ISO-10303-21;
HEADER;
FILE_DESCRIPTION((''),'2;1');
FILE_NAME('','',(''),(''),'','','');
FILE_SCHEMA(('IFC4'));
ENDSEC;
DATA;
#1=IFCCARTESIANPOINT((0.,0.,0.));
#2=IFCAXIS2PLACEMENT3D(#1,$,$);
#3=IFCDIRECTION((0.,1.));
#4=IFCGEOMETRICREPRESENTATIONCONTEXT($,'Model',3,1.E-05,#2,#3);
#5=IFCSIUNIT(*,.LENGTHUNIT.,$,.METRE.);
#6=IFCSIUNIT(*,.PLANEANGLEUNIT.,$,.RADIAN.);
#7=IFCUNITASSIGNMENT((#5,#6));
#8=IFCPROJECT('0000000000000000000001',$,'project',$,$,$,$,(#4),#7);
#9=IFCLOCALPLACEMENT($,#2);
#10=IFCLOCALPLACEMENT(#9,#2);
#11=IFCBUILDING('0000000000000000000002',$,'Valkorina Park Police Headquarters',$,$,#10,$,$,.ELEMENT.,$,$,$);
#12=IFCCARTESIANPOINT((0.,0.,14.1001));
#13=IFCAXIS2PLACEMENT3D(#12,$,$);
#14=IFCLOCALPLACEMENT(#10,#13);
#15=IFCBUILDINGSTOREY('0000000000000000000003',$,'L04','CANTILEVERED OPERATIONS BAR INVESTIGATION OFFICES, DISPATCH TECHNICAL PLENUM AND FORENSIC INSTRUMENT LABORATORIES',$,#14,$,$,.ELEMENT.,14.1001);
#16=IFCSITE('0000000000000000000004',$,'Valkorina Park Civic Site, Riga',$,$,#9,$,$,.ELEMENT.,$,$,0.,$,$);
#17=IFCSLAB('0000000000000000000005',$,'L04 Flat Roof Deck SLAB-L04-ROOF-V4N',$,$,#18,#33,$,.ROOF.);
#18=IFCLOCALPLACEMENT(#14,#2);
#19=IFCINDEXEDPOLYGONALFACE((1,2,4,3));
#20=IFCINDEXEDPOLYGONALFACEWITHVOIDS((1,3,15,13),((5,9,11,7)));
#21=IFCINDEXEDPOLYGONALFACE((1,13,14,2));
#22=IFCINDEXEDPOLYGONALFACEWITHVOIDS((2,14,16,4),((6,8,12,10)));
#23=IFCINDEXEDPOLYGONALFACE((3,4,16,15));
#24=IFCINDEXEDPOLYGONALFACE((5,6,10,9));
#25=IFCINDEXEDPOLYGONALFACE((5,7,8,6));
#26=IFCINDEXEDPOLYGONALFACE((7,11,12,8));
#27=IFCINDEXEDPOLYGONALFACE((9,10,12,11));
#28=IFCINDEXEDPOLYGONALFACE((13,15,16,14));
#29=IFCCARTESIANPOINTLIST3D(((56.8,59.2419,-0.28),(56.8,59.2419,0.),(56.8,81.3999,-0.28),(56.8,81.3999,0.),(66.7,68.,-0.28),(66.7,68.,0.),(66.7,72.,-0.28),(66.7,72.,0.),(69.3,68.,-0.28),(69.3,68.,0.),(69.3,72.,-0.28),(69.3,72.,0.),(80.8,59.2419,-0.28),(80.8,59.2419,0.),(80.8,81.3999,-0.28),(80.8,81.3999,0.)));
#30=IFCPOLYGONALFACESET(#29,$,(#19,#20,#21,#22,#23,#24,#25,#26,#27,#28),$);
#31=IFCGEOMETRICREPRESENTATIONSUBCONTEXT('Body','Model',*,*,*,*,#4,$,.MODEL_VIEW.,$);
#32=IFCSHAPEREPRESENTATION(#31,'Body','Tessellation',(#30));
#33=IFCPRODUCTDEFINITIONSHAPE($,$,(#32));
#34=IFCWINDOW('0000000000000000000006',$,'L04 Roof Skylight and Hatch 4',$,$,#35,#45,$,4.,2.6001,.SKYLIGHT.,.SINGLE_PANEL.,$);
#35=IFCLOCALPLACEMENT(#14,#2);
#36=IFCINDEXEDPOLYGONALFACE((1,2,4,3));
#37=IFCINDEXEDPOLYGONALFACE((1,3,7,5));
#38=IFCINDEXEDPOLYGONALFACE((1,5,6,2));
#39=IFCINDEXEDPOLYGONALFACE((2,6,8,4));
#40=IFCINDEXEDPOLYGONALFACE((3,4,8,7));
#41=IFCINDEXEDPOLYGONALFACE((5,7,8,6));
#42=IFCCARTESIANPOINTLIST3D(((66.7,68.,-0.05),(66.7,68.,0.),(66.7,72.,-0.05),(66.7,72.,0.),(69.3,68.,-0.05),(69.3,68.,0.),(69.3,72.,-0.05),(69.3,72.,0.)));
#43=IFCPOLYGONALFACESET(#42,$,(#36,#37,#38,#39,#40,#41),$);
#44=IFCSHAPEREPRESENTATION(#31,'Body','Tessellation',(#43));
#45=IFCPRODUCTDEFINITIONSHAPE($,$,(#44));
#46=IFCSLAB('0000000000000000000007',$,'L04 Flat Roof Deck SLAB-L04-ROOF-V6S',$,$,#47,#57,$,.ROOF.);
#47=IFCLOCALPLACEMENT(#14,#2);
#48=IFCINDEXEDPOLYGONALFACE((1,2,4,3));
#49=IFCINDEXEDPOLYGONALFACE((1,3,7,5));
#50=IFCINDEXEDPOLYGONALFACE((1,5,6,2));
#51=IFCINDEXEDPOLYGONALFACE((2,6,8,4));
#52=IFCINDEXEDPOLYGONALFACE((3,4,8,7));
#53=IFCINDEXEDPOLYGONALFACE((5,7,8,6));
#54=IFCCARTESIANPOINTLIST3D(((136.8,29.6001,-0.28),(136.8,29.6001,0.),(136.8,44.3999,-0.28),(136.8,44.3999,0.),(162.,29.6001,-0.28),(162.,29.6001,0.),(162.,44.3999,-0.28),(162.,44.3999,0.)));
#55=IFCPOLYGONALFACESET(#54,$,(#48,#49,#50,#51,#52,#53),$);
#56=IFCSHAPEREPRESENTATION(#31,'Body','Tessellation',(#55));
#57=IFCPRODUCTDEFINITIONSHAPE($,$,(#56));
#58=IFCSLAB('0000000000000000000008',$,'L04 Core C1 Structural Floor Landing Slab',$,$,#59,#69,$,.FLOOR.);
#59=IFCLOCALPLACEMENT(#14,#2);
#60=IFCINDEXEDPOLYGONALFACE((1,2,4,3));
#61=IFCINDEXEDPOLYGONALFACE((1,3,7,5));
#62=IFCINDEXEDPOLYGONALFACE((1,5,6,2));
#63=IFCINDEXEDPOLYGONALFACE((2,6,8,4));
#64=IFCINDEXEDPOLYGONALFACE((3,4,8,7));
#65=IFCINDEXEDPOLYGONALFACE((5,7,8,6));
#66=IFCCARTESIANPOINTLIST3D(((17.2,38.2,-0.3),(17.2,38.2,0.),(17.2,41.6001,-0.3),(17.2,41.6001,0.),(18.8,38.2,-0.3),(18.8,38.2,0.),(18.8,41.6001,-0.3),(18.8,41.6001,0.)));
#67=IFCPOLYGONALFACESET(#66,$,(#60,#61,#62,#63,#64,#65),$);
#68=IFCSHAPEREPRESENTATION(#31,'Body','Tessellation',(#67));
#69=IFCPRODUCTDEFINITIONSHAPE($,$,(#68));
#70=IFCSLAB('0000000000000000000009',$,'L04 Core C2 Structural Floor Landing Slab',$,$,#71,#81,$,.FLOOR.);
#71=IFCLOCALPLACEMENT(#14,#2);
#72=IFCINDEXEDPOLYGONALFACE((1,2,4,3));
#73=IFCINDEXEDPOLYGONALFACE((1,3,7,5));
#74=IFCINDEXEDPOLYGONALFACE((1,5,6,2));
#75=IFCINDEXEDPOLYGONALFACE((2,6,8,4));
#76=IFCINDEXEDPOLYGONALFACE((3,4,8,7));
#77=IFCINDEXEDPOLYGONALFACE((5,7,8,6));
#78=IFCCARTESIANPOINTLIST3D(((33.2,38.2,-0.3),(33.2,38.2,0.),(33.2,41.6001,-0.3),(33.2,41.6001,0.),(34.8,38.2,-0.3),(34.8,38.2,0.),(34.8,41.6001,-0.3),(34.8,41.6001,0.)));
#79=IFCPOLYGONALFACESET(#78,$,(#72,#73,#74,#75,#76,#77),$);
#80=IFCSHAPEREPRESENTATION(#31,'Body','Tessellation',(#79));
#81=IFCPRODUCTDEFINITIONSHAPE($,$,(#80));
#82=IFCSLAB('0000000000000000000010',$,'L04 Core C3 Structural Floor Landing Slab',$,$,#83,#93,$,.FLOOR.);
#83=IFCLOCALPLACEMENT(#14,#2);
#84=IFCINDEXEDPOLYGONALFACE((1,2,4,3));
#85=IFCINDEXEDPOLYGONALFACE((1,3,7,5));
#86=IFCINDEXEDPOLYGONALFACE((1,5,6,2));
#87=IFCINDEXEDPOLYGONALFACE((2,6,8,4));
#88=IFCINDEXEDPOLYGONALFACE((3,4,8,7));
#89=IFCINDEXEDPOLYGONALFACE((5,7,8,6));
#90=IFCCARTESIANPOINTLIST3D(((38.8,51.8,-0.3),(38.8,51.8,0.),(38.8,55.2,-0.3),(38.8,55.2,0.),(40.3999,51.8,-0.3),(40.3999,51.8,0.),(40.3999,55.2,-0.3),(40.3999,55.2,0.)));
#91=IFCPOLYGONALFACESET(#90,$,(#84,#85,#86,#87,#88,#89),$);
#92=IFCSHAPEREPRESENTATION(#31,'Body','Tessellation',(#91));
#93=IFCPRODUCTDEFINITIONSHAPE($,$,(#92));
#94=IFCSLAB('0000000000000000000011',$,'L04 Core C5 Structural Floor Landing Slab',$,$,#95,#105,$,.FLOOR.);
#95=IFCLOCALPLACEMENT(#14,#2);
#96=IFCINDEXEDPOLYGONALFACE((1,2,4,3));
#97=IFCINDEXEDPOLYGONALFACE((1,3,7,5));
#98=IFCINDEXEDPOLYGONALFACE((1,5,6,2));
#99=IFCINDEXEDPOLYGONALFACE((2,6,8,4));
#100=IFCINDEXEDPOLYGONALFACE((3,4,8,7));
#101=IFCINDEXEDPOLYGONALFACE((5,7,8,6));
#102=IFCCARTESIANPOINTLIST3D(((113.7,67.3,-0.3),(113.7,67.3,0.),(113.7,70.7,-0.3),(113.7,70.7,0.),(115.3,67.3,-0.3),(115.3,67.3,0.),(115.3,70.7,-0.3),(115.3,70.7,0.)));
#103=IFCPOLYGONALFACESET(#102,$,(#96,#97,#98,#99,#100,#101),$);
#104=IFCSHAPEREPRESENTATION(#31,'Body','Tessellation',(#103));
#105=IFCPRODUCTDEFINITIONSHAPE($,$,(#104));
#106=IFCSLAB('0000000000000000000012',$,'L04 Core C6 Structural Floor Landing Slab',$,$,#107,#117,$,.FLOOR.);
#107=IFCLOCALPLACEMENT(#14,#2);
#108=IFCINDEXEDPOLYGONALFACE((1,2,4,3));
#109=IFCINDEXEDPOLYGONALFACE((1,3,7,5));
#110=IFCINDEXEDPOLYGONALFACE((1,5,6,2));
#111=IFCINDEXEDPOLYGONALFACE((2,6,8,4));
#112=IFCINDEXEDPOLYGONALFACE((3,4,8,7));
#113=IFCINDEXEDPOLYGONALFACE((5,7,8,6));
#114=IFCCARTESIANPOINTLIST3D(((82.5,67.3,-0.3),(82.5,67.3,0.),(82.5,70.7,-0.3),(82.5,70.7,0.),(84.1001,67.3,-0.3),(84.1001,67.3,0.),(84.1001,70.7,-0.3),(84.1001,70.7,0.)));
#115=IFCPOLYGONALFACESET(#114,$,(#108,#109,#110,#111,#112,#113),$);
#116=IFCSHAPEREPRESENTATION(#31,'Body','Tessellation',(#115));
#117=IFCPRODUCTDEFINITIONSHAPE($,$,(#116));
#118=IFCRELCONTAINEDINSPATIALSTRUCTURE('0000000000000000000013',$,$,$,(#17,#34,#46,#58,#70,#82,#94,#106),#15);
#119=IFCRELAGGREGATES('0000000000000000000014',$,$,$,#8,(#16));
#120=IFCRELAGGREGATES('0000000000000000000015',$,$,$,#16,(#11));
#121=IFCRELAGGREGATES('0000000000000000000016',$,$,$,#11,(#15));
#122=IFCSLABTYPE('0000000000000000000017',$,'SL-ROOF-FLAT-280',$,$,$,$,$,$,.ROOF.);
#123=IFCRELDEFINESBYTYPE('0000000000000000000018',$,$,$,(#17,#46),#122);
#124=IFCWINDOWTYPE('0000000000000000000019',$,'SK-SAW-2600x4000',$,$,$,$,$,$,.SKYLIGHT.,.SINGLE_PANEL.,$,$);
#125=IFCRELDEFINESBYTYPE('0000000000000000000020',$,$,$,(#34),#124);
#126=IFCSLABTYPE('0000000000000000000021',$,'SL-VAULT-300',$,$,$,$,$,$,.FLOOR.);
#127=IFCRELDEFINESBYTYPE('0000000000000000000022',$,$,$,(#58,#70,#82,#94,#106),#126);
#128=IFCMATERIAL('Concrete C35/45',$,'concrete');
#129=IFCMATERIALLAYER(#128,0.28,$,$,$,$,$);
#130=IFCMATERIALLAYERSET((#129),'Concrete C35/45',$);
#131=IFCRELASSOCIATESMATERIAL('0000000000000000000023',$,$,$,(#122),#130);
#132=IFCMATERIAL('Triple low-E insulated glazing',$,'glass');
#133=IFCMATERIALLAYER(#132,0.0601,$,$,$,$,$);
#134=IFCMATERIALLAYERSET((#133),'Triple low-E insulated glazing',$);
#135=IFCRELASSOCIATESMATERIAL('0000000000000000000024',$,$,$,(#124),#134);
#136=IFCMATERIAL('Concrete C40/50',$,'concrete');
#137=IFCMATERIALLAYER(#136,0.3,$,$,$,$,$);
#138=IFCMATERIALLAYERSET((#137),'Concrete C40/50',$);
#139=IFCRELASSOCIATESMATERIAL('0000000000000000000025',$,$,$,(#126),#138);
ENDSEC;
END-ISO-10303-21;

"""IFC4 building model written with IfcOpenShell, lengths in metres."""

from ifc_helpers import new_model, si_unit, direction, frame, origin, origin_2d, place, context, subcontext, project, spatial, polyline, rectangle, outline, extrude, material, layer, layer_set, type_object, element, fill, save


model = new_model("IFC4")

# Units and contexts
model_context = context("Model", 3, precision=1e-05, world=origin(), true_north=direction((0.0, 1.0)))
body_context = subcontext(model_context, "Body", "Model", "MODEL_VIEW")
ifc_project = project(units=[si_unit("LENGTHUNIT", "METRE"), si_unit("PLANEANGLEUNIT", "RADIAN")], contexts=[model_context])

# Site, building, storey
site_placement = place(None, origin())
site = spatial("IfcSite", under=ifc_project, at=site_placement, Name="Valkorina Park Civic Site, Riga", CompositionType="ELEMENT", RefElevation=0.0)
building_placement = place(site_placement, origin())
building = spatial("IfcBuilding", under=site, at=building_placement, Name="Valkorina Park Police Headquarters", CompositionType="ELEMENT")
storey_placement = place(building_placement, frame((0.0, 0.0, 14.1001)))
storey = spatial("IfcBuildingStorey", under=building, at=storey_placement, Name="L04", Description="CANTILEVERED OPERATIONS BAR INVESTIGATION OFFICES, DISPATCH TECHNICAL PLENUM AND FORENSIC INSTRUMENT LABORATORIES", CompositionType="ELEMENT", Elevation=14.1001)

# Shared definitions
ifc_material_1 = material(Name="Concrete C35/45", Category="concrete")

# Shared definitions
ifc_layer_1 = layer(ifc_material_1, 0.28)
ifc_layer_set_1 = layer_set([ifc_layer_1], Name="Concrete C35/45")
slab_type_1 = type_object("IfcSlabType", Name="SL-ROOF-FLAT-280", PredefinedType="ROOF", material=ifc_layer_set_1)
ifc_material_2 = material(Name="Triple low-E insulated glazing", Category="glass")

# Slab, opening, window
slab_1_placement = place(storey_placement, frame((0.0, 0.0, -0.28)))
slab_1 = element("IfcSlab", 1, at=slab_1_placement, inside=storey, type_object=slab_type_1, Name="L04 Flat Roof Deck SLAB-L04-ROOF-V4N", PredefinedType="ROOF", context=body_context, shape_type="SweptSolid", body=[
    extrude(outline(polyline([(56.8, 59.2419), (80.8, 59.2419), (80.8, 81.3999), (56.8, 81.3999), (56.8, 59.2419)])), origin(), (0.0, 0.0, 1.0), 0.28),
])
opening_1_placement = place(slab_1_placement, frame((68.0, 70.0, -0.01)))
opening_1 = element("IfcOpeningElement", 2, at=opening_1_placement, cuts=slab_1, PredefinedType="OPENING", context=body_context, shape_type="SweptSolid", body=[
    extrude(rectangle(XDim=2.6001, YDim=4.0, at=origin_2d()), origin(), (0.0, 0.0, 1.0), 0.3),
])
ifc_layer_2 = layer(ifc_material_2, 0.0601)
ifc_layer_set_2 = layer_set([ifc_layer_2], Name="Triple low-E insulated glazing")
window_type_1 = type_object("IfcWindowType", Name="SK-SAW-2600x4000", PartitioningType="SINGLE_PANEL", PredefinedType="SKYLIGHT", material=ifc_layer_set_2)
window_1_placement = place(slab_1_placement, frame((68.0, 70.0, 0.23)))
window_1 = element("IfcWindow", 3, at=window_1_placement, inside=storey, type_object=window_type_1, Name="L04 Roof Skylight and Hatch 4", OverallHeight=4.0, OverallWidth=2.6001, PartitioningType="SINGLE_PANEL", PredefinedType="SKYLIGHT", context=body_context, shape_type="SweptSolid", body=[
    extrude(rectangle(XDim=2.6001, YDim=4.0, at=origin_2d()), origin(), (0.0, 0.0, 1.0), 0.05),
])
fill(opening_1, window_1)

# Slabs
slab_2_placement = place(storey_placement, frame((0.0, 0.0, -0.28)))
element("IfcSlab", 4, at=slab_2_placement, inside=storey, type_object=slab_type_1, Name="L04 Flat Roof Deck SLAB-L04-ROOF-V6S", PredefinedType="ROOF", context=body_context, shape_type="SweptSolid", body=[
    extrude(outline(polyline([(162.0, 29.6001), (162.0, 44.3999), (136.8, 44.3999), (136.8, 29.6001), (162.0, 29.6001)])), origin(), (0.0, 0.0, 1.0), 0.28),
])
ifc_material_3 = material(Name="Concrete C40/50", Category="concrete")
ifc_layer_3 = layer(ifc_material_3, 0.3)
ifc_layer_set_3 = layer_set([ifc_layer_3], Name="Concrete C40/50")
slab_type_2 = type_object("IfcSlabType", Name="SL-VAULT-300", PredefinedType="FLOOR", material=ifc_layer_set_3)
slab_3_placement = place(storey_placement, frame((0.0, 0.0, -0.3)))
element("IfcSlab", 5, at=slab_3_placement, inside=storey, type_object=slab_type_2, Name="L04 Core C1 Structural Floor Landing Slab", PredefinedType="FLOOR", context=body_context, shape_type="SweptSolid", body=[
    extrude(outline(polyline([(17.2, 38.2), (18.8, 38.2), (18.8, 41.6001), (17.2, 41.6001), (17.2, 38.2)])), origin(), (0.0, 0.0, 1.0), 0.3),
])
slab_4_placement = place(storey_placement, frame((0.0, 0.0, -0.3)))
element("IfcSlab", 6, at=slab_4_placement, inside=storey, type_object=slab_type_2, Name="L04 Core C2 Structural Floor Landing Slab", PredefinedType="FLOOR", context=body_context, shape_type="SweptSolid", body=[
    extrude(outline(polyline([(33.2, 38.2), (34.8, 38.2), (34.8, 41.6001), (33.2, 41.6001), (33.2, 38.2)])), origin(), (0.0, 0.0, 1.0), 0.3),
])
slab_5_placement = place(storey_placement, frame((0.0, 0.0, -0.3)))
element("IfcSlab", 7, at=slab_5_placement, inside=storey, type_object=slab_type_2, Name="L04 Core C3 Structural Floor Landing Slab", PredefinedType="FLOOR", context=body_context, shape_type="SweptSolid", body=[
    extrude(outline(polyline([(38.8, 51.8), (40.3999, 51.8), (40.3999, 55.2), (38.8, 55.2), (38.8, 51.8)])), origin(), (0.0, 0.0, 1.0), 0.3),
])
slab_6_placement = place(storey_placement, frame((0.0, 0.0, -0.3)))
element("IfcSlab", 8, at=slab_6_placement, inside=storey, type_object=slab_type_2, Name="L04 Core C5 Structural Floor Landing Slab", PredefinedType="FLOOR", context=body_context, shape_type="SweptSolid", body=[
    extrude(outline(polyline([(113.7, 67.3), (115.3, 67.3), (115.3, 70.7), (113.7, 70.7), (113.7, 67.3)])), origin(), (0.0, 0.0, 1.0), 0.3),
])
slab_7_placement = place(storey_placement, frame((0.0, 0.0, -0.3)))
element("IfcSlab", 9, at=slab_7_placement, inside=storey, type_object=slab_type_2, Name="L04 Core C6 Structural Floor Landing Slab", PredefinedType="FLOOR", context=body_context, shape_type="SweptSolid", body=[
    extrude(outline(polyline([(82.5, 67.3), (84.1001, 67.3), (84.1001, 70.7), (82.5, 70.7), (82.5, 67.3)])), origin(), (0.0, 0.0, 1.0), 0.3),
])

save(model, "model.ifc")
